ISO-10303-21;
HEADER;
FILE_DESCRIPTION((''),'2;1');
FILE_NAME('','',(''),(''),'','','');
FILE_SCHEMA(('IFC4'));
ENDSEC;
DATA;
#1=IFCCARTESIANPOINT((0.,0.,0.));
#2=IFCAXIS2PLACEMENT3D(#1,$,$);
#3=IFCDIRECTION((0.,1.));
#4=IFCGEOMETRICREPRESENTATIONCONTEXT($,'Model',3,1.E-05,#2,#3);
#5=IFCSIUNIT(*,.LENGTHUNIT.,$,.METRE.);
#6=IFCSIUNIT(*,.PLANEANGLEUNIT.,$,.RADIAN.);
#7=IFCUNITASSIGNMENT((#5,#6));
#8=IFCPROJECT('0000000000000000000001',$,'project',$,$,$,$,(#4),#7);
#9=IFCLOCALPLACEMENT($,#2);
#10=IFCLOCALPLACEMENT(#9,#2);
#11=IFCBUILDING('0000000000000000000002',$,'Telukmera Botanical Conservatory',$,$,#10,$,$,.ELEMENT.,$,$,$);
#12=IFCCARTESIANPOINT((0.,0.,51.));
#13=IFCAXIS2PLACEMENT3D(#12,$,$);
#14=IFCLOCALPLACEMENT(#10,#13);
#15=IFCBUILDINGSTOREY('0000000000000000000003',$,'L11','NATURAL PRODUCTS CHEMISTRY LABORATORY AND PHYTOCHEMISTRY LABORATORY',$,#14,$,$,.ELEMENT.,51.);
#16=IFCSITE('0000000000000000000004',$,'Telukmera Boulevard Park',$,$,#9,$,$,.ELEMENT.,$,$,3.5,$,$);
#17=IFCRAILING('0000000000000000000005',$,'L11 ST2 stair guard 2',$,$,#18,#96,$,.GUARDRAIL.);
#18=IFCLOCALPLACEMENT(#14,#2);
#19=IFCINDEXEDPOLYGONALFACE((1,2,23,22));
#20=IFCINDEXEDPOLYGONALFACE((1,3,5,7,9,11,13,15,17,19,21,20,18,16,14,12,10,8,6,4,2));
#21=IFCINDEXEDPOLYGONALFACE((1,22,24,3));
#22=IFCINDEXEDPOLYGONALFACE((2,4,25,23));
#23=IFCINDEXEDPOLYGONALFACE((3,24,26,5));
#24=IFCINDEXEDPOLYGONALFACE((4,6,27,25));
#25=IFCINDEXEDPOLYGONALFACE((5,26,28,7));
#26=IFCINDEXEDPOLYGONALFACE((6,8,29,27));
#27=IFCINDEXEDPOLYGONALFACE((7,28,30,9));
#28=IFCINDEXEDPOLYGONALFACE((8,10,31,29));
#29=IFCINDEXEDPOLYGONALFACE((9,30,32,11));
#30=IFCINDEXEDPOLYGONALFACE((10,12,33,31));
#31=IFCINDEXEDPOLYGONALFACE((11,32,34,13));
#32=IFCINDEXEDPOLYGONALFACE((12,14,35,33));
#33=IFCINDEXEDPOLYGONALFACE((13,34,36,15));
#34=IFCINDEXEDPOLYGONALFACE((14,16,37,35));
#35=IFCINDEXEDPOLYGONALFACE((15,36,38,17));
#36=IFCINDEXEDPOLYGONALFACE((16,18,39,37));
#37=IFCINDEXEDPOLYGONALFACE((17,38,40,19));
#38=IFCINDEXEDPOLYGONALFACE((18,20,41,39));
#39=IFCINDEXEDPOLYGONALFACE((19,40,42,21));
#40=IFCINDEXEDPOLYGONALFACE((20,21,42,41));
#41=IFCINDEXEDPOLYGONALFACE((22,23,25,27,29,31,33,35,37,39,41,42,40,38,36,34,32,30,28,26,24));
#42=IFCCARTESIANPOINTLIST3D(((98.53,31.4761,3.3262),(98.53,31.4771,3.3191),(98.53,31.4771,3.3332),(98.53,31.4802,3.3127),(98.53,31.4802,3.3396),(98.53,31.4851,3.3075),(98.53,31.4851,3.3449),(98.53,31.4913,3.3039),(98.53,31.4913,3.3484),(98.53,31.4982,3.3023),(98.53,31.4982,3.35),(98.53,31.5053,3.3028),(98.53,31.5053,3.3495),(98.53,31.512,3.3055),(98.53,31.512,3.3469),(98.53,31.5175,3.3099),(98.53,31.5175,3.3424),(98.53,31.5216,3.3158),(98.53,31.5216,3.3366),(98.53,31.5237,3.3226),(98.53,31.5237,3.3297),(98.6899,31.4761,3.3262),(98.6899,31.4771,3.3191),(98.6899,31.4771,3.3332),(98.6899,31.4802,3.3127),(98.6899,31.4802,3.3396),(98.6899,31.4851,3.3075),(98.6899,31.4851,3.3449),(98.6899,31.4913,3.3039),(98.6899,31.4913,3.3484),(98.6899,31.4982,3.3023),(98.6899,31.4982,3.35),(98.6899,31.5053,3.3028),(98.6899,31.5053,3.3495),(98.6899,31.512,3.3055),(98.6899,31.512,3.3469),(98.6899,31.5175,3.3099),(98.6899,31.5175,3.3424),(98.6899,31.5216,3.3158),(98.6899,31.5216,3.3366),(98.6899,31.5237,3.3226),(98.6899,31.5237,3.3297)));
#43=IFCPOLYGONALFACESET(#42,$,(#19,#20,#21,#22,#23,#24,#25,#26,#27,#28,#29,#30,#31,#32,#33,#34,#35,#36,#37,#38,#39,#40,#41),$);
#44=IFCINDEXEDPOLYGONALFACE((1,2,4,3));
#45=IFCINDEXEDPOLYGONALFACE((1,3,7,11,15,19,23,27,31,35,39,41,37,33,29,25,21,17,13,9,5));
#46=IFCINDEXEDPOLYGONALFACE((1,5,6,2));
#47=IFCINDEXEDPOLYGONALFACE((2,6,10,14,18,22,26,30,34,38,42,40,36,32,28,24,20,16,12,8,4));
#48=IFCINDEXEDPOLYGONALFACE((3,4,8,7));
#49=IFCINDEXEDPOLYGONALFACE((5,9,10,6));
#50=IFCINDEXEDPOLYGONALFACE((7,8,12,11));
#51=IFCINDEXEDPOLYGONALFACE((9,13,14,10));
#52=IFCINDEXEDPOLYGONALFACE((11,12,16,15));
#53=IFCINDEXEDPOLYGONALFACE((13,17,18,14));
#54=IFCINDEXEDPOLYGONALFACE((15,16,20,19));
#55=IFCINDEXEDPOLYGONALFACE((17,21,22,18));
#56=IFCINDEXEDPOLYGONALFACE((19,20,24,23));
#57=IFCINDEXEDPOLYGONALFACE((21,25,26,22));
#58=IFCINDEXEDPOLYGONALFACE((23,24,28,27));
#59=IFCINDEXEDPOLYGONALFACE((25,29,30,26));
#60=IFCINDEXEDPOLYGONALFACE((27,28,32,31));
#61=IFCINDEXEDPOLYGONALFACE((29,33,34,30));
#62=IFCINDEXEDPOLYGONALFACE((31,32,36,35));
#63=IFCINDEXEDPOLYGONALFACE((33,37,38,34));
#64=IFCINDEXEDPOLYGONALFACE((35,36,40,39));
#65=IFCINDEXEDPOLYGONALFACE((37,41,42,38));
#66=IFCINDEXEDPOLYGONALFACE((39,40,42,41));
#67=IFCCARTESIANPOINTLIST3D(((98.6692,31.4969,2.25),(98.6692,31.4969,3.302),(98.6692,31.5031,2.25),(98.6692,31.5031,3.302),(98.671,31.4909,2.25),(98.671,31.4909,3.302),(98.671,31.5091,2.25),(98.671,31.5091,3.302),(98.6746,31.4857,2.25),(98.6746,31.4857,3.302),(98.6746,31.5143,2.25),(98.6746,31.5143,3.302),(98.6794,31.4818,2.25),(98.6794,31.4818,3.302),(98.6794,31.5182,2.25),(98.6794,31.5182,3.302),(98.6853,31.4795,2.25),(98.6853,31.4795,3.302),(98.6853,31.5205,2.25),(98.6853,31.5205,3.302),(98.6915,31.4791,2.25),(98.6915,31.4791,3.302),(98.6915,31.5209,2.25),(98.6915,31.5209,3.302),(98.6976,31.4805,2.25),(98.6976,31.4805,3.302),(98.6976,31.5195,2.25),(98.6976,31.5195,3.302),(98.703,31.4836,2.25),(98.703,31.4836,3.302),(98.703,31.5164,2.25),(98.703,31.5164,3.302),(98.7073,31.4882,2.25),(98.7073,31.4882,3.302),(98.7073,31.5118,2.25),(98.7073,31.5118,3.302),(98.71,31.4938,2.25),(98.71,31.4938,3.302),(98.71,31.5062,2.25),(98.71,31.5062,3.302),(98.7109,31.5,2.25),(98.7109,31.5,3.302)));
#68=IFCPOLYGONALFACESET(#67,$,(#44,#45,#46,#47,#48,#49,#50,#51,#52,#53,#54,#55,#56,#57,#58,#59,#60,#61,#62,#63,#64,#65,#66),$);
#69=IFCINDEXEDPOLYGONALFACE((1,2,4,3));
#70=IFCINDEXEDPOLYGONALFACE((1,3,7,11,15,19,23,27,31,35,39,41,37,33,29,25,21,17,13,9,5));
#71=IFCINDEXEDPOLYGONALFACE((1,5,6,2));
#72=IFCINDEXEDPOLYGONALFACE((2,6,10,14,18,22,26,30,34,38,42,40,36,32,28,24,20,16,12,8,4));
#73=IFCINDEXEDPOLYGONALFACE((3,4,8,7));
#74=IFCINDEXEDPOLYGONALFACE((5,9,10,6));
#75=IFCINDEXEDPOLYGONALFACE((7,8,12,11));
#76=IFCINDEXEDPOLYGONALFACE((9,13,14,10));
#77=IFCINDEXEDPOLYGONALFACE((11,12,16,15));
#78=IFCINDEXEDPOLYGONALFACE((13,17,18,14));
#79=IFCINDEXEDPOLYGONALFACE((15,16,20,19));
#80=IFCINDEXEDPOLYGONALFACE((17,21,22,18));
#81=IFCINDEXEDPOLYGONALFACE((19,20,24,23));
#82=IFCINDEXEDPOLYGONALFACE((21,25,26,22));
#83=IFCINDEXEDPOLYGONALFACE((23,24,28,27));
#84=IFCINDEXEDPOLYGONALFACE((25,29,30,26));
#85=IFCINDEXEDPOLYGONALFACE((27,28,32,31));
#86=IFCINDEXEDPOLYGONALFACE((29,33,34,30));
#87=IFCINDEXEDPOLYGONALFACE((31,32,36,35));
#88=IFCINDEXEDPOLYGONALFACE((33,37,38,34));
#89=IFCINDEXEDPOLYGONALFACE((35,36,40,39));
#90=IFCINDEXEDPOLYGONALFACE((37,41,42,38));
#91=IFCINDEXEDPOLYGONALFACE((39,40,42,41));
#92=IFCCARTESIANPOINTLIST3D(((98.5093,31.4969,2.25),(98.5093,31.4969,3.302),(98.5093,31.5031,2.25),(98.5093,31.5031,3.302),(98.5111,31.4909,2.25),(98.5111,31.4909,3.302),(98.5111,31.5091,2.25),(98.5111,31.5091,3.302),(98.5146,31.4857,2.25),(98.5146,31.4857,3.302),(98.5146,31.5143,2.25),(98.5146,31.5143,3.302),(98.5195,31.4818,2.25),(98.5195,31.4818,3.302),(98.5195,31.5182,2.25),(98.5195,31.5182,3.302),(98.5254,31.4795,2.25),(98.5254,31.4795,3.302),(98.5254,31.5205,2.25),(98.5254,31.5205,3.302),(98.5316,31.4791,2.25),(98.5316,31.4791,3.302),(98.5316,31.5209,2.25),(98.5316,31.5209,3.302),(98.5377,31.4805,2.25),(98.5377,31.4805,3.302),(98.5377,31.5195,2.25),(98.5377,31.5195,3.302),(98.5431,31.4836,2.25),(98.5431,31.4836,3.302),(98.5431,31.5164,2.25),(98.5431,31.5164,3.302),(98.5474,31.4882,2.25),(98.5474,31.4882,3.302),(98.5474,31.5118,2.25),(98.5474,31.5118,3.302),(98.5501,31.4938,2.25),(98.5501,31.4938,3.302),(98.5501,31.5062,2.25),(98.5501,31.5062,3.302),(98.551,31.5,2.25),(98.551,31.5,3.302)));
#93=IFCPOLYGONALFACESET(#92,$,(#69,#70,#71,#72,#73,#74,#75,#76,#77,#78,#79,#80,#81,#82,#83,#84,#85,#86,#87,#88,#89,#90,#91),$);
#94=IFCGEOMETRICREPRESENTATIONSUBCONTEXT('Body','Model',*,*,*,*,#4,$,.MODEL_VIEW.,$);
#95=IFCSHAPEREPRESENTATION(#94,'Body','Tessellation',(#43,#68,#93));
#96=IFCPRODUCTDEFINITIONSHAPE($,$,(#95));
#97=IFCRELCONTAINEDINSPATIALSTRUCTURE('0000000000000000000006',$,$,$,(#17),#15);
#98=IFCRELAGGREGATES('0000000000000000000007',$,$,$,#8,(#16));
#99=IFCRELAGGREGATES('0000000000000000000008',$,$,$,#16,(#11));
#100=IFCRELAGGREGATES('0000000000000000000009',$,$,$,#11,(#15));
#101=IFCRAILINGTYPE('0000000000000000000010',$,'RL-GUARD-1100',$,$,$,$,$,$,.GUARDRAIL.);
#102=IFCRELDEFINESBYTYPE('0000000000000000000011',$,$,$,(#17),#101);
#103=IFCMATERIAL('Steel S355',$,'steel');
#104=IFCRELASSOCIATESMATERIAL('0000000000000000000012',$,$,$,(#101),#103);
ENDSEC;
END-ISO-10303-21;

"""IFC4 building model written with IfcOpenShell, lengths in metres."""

from ifc_helpers import new_model, si_unit, direction, frame, origin, origin_2d, place, context, subcontext, project, spatial, circle, extrude, material, type_object, element, save


model = new_model("IFC4")

# Units and contexts
model_context = context("Model", 3, precision=1e-05, world=origin(), true_north=direction((0.0, 1.0)))
body_context = subcontext(model_context, "Body", "Model", "MODEL_VIEW")
ifc_project = project(units=[si_unit("LENGTHUNIT", "METRE"), si_unit("PLANEANGLEUNIT", "RADIAN")], contexts=[model_context])

# Site, building, storey
site_placement = place(None, origin())
site = spatial("IfcSite", under=ifc_project, at=site_placement, Name="Telukmera Boulevard Park", CompositionType="ELEMENT", RefElevation=3.5)
building_placement = place(site_placement, origin())
building = spatial("IfcBuilding", under=site, at=building_placement, Name="Telukmera Botanical Conservatory", CompositionType="ELEMENT")
storey_placement = place(building_placement, frame((0.0, 0.0, 51.0)))
storey = spatial("IfcBuildingStorey", under=building, at=storey_placement, Name="L11", Description="NATURAL PRODUCTS CHEMISTRY LABORATORY AND PHYTOCHEMISTRY LABORATORY", CompositionType="ELEMENT", Elevation=51.0)

# Railing
ifc_material_1 = material(Name="Steel S355", Category="steel")
railing_type_1 = type_object("IfcRailingType", Name="RL-GUARD-1100", PredefinedType="GUARDRAIL", material=ifc_material_1)
railing_1_placement = place(storey_placement, frame((98.6899, 31.5, 2.25)))
element("IfcRailing", 1, at=railing_1_placement, inside=storey, type_object=railing_type_1, Name="L11 ST2 stair guard 2", PredefinedType="GUARDRAIL", context=body_context, shape_type="SweptSolid", body=[
    extrude(circle(Radius=0.0239, at=origin_2d()), frame((0.0, 0.0, 1.0762), z_axis=(-1.0, 0.0, 0.0), x_axis=(0.0, -1.0, 0.0)), (0.0, 0.0, 1.0), 0.1599),
    extrude(circle(Radius=0.021, at=origin_2d()), origin(), (0.0, 0.0, 1.0), 1.052),
    extrude(circle(Radius=0.021, at=origin_2d()), frame((-0.1599, 0.0, 0.0)), (0.0, 0.0, 1.0), 1.052),
])

save(model, "model.ifc")
